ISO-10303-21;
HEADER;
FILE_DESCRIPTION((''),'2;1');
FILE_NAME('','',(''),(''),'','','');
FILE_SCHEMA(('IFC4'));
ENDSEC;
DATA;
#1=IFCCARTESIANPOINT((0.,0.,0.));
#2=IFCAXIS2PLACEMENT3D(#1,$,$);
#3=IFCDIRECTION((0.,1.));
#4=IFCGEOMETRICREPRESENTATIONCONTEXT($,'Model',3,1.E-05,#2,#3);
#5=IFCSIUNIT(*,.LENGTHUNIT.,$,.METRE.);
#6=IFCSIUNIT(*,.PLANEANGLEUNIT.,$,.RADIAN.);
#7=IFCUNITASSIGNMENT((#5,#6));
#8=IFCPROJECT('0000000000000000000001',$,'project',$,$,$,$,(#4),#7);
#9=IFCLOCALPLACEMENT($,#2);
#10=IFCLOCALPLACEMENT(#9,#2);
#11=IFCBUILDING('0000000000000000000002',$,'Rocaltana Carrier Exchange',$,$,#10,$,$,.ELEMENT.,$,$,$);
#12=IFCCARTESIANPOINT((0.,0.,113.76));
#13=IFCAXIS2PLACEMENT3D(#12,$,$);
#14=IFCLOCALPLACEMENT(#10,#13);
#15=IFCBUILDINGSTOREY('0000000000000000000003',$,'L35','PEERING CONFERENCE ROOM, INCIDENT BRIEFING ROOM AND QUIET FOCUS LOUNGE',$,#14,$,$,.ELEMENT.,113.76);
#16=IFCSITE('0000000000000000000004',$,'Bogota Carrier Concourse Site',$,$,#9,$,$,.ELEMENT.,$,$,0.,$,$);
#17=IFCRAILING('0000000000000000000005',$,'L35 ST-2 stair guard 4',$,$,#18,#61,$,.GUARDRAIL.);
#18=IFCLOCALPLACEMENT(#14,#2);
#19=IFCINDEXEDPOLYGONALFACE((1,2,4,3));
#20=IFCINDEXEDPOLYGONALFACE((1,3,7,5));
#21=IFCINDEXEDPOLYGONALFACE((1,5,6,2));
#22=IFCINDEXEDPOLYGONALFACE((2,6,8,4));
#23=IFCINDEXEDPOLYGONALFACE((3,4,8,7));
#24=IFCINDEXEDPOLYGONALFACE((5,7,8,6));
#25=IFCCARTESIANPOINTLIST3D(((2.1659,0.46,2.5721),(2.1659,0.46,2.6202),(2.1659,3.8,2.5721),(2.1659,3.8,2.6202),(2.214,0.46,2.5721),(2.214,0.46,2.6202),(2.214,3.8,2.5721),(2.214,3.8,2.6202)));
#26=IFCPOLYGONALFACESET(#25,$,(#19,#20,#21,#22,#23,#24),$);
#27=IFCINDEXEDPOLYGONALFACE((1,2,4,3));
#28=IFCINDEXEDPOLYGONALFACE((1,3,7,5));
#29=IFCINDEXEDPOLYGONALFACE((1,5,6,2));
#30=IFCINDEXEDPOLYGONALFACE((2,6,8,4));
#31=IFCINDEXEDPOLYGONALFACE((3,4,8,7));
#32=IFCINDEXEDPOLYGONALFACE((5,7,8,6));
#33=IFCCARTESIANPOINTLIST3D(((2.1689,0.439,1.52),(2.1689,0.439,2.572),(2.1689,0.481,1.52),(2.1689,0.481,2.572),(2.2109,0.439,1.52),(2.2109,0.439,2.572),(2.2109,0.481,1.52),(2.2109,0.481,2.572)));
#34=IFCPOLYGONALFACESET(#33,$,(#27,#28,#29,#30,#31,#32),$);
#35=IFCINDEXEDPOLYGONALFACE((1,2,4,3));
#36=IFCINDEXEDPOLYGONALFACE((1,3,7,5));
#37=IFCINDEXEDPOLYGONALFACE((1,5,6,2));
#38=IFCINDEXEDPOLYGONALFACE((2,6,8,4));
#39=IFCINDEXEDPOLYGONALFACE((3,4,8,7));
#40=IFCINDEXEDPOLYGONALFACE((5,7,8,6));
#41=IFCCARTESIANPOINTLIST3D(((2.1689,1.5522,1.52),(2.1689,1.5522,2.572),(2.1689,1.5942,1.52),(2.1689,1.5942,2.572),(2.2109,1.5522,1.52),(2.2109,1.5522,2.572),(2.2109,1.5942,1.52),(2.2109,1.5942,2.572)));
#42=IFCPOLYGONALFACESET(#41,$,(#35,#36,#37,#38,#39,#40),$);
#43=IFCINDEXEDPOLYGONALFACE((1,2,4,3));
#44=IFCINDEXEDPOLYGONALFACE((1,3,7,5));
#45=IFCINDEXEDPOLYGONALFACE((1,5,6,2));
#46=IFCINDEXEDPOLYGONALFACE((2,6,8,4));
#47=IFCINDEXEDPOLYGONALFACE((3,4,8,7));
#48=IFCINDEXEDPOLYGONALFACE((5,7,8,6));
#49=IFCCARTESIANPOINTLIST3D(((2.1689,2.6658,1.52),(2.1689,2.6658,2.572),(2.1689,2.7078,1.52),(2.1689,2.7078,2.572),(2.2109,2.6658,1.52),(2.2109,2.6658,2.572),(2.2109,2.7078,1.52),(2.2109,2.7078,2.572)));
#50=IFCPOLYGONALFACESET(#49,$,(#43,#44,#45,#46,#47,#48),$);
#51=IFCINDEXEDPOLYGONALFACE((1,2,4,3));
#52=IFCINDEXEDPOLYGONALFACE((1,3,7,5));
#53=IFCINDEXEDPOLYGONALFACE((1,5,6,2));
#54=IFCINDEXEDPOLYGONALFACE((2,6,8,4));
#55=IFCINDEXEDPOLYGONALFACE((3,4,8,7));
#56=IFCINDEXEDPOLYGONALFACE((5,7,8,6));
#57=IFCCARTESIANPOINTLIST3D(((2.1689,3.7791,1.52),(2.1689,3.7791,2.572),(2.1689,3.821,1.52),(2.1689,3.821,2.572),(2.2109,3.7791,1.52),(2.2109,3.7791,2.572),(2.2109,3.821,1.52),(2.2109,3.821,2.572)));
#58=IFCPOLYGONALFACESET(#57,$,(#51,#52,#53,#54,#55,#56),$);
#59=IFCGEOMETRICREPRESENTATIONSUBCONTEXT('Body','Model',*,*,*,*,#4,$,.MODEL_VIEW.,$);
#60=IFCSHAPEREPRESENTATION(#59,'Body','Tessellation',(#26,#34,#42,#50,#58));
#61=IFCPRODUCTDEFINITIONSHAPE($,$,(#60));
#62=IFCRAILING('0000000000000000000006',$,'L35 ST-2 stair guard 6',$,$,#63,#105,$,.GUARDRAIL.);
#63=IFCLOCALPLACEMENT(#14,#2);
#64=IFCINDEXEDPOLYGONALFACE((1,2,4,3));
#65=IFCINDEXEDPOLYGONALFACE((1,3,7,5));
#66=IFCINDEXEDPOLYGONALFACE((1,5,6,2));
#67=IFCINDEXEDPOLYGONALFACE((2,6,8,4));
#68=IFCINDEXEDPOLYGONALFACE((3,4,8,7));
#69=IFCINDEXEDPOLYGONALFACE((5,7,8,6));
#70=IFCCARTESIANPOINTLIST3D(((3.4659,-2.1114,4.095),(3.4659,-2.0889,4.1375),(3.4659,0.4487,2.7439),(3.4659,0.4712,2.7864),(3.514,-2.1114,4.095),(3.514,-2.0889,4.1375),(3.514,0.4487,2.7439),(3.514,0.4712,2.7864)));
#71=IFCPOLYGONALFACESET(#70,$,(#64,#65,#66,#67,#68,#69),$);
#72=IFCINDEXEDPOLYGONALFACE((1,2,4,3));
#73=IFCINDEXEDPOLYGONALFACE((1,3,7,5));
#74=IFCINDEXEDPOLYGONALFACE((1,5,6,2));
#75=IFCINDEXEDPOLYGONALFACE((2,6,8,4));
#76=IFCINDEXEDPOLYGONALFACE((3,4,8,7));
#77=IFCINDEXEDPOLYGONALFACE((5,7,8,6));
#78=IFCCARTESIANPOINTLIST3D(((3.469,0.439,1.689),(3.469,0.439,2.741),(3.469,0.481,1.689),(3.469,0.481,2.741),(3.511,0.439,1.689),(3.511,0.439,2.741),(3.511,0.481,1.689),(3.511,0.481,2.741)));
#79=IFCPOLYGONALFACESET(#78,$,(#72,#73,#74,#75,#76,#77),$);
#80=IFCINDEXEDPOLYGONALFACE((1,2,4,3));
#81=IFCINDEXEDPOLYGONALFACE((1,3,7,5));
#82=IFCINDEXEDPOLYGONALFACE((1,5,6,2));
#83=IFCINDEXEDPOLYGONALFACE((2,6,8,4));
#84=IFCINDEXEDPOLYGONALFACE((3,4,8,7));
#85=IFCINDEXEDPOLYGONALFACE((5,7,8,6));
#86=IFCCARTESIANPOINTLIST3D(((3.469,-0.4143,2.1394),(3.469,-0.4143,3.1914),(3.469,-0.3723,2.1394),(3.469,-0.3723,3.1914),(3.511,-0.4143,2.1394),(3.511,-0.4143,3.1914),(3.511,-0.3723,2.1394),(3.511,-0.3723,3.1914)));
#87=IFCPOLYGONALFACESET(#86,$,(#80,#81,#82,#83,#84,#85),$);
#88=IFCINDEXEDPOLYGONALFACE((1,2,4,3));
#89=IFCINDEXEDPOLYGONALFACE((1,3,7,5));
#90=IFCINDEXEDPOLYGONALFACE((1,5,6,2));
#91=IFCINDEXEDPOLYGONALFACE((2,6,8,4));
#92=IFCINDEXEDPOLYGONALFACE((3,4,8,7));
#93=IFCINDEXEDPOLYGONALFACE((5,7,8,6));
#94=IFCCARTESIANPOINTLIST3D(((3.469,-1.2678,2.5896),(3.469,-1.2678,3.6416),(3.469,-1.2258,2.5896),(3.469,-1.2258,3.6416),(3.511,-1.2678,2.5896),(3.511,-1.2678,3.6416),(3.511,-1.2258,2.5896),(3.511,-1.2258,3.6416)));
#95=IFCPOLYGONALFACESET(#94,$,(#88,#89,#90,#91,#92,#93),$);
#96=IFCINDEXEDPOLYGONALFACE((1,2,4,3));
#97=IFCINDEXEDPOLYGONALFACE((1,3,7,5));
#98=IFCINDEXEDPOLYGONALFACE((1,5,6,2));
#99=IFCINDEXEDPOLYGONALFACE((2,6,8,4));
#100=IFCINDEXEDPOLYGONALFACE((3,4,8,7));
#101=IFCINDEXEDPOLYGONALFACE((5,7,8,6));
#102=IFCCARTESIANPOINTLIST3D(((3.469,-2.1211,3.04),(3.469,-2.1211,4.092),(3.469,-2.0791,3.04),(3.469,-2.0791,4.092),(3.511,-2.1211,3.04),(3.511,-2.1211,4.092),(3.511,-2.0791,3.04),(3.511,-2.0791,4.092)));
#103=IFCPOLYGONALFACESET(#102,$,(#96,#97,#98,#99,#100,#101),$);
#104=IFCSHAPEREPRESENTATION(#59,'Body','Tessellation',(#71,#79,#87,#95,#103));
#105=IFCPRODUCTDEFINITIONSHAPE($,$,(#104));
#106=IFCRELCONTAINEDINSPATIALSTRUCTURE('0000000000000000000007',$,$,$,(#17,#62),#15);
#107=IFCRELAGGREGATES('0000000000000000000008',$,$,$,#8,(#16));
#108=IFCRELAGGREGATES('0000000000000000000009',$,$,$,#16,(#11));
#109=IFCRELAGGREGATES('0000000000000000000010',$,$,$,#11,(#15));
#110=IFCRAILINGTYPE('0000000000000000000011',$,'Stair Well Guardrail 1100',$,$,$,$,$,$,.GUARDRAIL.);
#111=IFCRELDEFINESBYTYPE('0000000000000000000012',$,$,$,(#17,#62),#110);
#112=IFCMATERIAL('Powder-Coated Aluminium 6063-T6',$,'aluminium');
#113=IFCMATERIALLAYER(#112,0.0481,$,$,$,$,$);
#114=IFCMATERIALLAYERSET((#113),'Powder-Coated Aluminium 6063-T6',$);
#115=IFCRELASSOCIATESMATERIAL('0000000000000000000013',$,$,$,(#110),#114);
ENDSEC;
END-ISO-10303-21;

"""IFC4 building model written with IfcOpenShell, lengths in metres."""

from ifc_helpers import new_model, si_unit, direction, frame, origin, origin_2d, place, context, subcontext, project, spatial, rectangle, extrude, material, layer, layer_set, type_object, element, save


model = new_model("IFC4")

# Units and contexts
model_context = context("Model", 3, precision=1e-05, world=origin(), true_north=direction((0.0, 1.0)))
body_context = subcontext(model_context, "Body", "Model", "MODEL_VIEW")
ifc_project = project(units=[si_unit("LENGTHUNIT", "METRE"), si_unit("PLANEANGLEUNIT", "RADIAN")], contexts=[model_context])

# Site, building, storey
site_placement = place(None, origin())
site = spatial("IfcSite", under=ifc_project, at=site_placement, Name="Bogota Carrier Concourse Site", CompositionType="ELEMENT", RefElevation=0.0)
building_placement = place(site_placement, origin())
building = spatial("IfcBuilding", under=site, at=building_placement, Name="Rocaltana Carrier Exchange", CompositionType="ELEMENT")
storey_placement = place(building_placement, frame((0.0, 0.0, 113.76)))
storey = spatial("IfcBuildingStorey", under=building, at=storey_placement, Name="L35", Description="PEERING CONFERENCE ROOM, INCIDENT BRIEFING ROOM AND QUIET FOCUS LOUNGE", CompositionType="ELEMENT", Elevation=113.76)

# Railings
ifc_material_1 = material(Name="Powder-Coated Aluminium 6063-T6", Category="aluminium")
ifc_layer_1 = layer(ifc_material_1, 0.0481)
ifc_layer_set_1 = layer_set([ifc_layer_1], Name="Powder-Coated Aluminium 6063-T6")
railing_type_1 = type_object("IfcRailingType", Name="Stair Well Guardrail 1100", PredefinedType="GUARDRAIL", material=ifc_layer_set_1)
for number, where, name in (
    (1, (2.1899, 0.46, 1.52), "L35 ST-2 stair guard 4"),
):
    element("IfcRailing", number, at=place(storey_placement, frame(where)), inside=storey, type_object=railing_type_1, Name=name, PredefinedType="GUARDRAIL", context=body_context, shape_type="SweptSolid", body=[
        extrude(rectangle(XDim=0.0481, YDim=0.0481, at=origin_2d()), frame((0.0, 0.0, 1.0762), z_axis=(0.0, 1.0, 0.0), x_axis=(-1.0, 0.0, 0.0)), (0.0, 0.0, 1.0), 3.3401),
        extrude(rectangle(XDim=0.042, YDim=0.042, at=origin_2d()), origin(), (0.0, 0.0, 1.0), 1.052),
        extrude(rectangle(XDim=0.042, YDim=0.042, at=origin_2d()), frame((0.0, 1.1133, 0.0)), (0.0, 0.0, 1.0), 1.052),
        extrude(rectangle(XDim=0.042, YDim=0.042, at=origin_2d()), frame((0.0, 2.2268, 0.0)), (0.0, 0.0, 1.0), 1.052),
        extrude(rectangle(XDim=0.042, YDim=0.042, at=origin_2d()), frame((0.0, 3.3401, 0.0)), (0.0, 0.0, 1.0), 1.052),
    ])
railing_1_placement = place(storey_placement, frame((3.49, 0.46, 1.689)))
element("IfcRailing", 2, at=railing_1_placement, inside=storey, type_object=railing_type_1, Name="L35 ST-2 stair guard 6", PredefinedType="GUARDRAIL", context=body_context, shape_type="SweptSolid", body=[
    extrude(rectangle(XDim=0.0481, YDim=0.0481, at=origin_2d()), frame((0.0, 0.0, 1.0762), z_axis=(0.0, -0.884394, 0.46674), x_axis=(1.0, 0.0, 0.0)), (0.0, 0.0, 1.0), 2.8948),
    extrude(rectangle(XDim=0.042, YDim=0.042, at=origin_2d()), origin(), (0.0, 0.0, 1.0), 1.052),
    extrude(rectangle(XDim=0.042, YDim=0.042, at=origin_2d()), frame((0.0, -0.8533, 0.4504)), (0.0, 0.0, 1.0), 1.052),
    extrude(rectangle(XDim=0.042, YDim=0.042, at=origin_2d()), frame((0.0, -1.7068, 0.9006)), (0.0, 0.0, 1.0), 1.052),
    extrude(rectangle(XDim=0.042, YDim=0.042, at=origin_2d()), frame((0.0, -2.5601, 1.3511)), (0.0, 0.0, 1.0), 1.052),
])

save(model, "model.ifc")
